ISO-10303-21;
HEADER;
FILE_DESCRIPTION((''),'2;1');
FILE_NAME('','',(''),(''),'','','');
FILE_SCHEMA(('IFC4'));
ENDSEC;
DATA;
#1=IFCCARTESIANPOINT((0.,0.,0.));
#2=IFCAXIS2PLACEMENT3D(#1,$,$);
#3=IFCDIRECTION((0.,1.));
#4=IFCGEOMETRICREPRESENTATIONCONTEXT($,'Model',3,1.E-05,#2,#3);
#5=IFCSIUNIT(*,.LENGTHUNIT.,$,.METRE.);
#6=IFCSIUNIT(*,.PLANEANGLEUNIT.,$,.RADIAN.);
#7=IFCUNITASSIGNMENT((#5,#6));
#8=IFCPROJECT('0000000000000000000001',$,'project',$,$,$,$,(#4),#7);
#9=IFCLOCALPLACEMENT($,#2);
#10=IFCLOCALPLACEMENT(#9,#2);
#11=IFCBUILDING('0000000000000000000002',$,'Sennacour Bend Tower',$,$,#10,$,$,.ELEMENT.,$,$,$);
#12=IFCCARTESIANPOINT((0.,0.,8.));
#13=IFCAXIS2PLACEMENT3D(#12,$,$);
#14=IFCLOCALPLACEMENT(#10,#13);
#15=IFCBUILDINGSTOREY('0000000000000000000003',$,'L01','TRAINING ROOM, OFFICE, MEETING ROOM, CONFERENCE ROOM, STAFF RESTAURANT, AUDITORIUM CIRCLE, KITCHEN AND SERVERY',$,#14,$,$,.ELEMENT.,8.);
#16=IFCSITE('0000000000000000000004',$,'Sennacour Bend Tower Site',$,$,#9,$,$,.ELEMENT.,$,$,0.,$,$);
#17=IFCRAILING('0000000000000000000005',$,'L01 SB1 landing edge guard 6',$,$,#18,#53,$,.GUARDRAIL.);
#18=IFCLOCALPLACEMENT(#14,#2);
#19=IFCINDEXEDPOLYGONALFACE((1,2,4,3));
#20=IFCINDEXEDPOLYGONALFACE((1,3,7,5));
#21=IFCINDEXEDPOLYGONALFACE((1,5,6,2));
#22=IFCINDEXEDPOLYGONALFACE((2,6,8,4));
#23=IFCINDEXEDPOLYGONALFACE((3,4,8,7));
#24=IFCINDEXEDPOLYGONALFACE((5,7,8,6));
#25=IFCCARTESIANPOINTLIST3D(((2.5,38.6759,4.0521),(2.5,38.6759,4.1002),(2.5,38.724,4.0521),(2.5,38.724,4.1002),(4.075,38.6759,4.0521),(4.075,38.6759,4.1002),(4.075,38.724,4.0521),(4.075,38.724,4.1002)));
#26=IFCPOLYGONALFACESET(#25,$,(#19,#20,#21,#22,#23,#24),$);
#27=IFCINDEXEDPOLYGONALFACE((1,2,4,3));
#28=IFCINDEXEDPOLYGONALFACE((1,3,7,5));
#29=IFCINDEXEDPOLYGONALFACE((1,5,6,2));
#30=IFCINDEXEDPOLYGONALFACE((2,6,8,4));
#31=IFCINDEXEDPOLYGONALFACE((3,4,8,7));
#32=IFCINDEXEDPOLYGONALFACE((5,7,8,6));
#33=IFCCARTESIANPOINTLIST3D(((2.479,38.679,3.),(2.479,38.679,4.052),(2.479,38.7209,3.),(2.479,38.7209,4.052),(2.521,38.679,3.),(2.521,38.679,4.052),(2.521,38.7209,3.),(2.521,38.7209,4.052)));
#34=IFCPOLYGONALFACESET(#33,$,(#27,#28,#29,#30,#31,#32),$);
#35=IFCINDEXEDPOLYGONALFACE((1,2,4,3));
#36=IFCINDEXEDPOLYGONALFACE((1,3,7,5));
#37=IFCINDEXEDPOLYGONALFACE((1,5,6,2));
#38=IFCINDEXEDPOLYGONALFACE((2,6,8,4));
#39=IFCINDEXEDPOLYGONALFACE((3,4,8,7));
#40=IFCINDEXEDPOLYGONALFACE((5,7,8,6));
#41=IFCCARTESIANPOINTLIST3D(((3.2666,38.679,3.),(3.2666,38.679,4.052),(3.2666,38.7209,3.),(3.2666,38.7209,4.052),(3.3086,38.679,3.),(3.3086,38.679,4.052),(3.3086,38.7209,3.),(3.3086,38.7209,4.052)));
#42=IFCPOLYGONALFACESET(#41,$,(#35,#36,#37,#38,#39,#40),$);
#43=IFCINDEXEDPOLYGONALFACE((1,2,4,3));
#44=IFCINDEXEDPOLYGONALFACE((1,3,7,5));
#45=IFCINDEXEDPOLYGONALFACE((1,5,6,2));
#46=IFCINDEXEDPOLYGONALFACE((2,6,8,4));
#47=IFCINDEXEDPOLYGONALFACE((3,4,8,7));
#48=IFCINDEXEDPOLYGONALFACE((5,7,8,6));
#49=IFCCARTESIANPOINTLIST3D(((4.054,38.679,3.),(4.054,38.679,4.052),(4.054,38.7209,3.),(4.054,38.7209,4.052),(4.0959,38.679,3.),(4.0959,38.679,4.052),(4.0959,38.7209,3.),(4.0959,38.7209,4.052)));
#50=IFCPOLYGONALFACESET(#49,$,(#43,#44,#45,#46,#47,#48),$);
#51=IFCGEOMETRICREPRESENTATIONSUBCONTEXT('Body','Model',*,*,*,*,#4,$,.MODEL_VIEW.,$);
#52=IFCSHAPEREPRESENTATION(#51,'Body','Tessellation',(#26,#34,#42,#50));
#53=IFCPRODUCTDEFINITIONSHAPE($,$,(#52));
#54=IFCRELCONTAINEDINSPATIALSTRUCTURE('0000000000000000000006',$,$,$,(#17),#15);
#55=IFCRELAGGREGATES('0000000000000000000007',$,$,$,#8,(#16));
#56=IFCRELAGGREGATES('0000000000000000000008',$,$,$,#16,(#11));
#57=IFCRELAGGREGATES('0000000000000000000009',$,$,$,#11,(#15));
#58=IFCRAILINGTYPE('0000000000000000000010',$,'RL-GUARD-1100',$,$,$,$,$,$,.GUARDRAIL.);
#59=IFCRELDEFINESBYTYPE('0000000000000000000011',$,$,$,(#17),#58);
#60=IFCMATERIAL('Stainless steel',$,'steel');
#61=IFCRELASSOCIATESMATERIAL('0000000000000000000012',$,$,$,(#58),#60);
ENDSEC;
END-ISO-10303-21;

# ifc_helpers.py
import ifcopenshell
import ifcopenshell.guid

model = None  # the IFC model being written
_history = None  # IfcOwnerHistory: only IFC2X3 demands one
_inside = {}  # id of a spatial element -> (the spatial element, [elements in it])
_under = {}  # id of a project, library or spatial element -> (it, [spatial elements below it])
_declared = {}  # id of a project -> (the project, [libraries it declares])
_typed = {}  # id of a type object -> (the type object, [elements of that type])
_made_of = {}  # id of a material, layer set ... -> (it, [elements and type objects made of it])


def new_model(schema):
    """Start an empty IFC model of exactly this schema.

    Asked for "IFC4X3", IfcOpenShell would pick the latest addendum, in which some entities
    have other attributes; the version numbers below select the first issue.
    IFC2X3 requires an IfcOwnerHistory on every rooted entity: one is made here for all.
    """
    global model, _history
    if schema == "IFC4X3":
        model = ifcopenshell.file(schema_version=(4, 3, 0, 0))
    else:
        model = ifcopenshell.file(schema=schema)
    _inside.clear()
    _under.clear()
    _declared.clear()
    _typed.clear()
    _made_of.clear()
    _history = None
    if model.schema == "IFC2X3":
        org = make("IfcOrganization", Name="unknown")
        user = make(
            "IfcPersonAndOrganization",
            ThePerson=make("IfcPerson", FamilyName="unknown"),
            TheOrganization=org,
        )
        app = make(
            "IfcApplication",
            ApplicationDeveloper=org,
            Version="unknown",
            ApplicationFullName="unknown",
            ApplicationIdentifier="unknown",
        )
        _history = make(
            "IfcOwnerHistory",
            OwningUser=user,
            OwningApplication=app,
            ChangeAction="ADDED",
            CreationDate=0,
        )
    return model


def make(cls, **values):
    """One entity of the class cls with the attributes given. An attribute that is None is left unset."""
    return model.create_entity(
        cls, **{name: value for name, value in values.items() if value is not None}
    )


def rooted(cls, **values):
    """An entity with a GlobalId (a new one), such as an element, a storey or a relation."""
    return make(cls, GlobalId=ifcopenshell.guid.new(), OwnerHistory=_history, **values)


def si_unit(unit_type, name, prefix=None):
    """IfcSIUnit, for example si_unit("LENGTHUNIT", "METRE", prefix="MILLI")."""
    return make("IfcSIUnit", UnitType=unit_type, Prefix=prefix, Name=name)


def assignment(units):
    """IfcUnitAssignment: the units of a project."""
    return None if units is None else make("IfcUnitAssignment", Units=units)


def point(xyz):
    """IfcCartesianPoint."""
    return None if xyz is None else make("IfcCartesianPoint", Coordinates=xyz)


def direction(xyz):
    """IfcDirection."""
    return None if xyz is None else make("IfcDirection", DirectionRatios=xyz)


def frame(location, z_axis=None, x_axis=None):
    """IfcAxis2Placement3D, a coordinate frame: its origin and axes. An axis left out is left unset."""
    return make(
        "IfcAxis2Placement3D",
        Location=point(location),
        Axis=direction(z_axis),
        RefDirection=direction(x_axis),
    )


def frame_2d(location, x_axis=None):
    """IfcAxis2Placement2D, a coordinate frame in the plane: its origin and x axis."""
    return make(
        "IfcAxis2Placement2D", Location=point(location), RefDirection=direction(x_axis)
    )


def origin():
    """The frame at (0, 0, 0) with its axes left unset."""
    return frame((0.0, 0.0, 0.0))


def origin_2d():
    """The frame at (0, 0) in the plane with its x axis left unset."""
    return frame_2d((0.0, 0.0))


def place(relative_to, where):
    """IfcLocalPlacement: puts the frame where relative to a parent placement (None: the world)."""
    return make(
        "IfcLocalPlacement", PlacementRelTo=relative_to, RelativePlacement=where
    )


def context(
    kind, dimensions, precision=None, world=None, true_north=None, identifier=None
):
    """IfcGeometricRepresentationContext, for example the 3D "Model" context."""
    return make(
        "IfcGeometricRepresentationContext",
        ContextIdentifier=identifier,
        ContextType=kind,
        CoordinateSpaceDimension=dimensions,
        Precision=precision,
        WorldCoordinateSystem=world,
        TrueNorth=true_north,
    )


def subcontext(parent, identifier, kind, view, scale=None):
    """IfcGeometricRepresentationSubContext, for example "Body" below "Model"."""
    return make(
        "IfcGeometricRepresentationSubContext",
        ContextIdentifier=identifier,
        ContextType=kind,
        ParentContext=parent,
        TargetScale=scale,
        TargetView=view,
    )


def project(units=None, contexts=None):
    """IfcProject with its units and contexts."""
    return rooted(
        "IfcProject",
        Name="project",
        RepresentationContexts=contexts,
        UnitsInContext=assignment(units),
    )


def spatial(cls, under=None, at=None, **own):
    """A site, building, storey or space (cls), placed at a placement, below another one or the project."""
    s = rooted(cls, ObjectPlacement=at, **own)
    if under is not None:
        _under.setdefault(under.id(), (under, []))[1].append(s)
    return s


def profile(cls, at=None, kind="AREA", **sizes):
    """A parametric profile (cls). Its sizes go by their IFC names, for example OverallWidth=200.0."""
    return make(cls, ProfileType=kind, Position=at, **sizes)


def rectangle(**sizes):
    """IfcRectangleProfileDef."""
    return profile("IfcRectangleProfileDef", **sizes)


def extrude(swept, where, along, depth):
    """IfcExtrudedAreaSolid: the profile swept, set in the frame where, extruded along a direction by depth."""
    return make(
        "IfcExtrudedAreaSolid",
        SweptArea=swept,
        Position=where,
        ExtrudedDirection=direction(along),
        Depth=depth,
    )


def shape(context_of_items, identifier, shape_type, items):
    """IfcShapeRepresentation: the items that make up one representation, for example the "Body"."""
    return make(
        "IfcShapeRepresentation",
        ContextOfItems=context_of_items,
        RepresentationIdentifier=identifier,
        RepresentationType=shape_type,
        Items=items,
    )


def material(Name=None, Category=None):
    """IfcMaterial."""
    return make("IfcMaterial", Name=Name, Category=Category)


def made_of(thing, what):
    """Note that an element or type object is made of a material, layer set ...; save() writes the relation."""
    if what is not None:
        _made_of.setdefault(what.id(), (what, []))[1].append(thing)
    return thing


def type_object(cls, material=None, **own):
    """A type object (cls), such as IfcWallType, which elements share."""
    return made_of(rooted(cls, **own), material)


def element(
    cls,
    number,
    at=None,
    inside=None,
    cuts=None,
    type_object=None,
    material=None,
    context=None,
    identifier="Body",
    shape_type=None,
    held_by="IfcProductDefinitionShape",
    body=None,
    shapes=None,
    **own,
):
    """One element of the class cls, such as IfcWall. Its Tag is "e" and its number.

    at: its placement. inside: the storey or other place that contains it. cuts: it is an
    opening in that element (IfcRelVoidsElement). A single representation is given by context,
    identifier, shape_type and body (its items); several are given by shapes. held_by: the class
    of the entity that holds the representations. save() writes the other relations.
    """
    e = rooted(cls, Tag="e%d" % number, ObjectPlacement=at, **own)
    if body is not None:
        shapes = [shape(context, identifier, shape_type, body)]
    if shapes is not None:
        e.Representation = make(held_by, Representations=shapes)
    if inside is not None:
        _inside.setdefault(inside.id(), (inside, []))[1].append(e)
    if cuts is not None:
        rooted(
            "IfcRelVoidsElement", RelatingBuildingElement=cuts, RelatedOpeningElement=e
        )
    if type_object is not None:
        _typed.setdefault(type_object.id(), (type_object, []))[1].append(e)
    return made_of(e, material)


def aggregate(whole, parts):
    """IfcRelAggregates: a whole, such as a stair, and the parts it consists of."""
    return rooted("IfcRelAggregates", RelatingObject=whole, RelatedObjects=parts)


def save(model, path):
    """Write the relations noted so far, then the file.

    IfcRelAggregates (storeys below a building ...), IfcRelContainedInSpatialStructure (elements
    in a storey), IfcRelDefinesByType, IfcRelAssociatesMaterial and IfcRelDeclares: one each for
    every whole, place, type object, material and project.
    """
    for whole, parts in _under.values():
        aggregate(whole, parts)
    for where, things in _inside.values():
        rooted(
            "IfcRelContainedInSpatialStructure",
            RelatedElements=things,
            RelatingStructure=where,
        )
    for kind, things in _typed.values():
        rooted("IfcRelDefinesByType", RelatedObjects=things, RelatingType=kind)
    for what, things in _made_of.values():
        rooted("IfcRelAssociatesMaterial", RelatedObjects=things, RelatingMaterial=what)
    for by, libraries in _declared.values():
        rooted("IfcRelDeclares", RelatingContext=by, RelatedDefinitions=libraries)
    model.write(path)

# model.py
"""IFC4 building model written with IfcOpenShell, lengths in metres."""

from ifc_helpers import new_model, si_unit, direction, frame, origin, origin_2d, place, context, subcontext, project, spatial, rectangle, extrude, material, type_object, element, save


model = new_model("IFC4")

# Units and contexts
model_context = context("Model", 3, precision=1e-05, world=origin(), true_north=direction((0.0, 1.0)))
body_context = subcontext(model_context, "Body", "Model", "MODEL_VIEW")
ifc_project = project(units=[si_unit("LENGTHUNIT", "METRE"), si_unit("PLANEANGLEUNIT", "RADIAN")], contexts=[model_context])

# Site, building, storey
site_placement = place(None, origin())
site = spatial("IfcSite", under=ifc_project, at=site_placement, Name="Sennacour Bend Tower Site", CompositionType="ELEMENT", RefElevation=0.0)
building_placement = place(site_placement, origin())
building = spatial("IfcBuilding", under=site, at=building_placement, Name="Sennacour Bend Tower", CompositionType="ELEMENT")
storey_placement = place(building_placement, frame((0.0, 0.0, 8.0)))
storey = spatial("IfcBuildingStorey", under=building, at=storey_placement, Name="L01", Description="TRAINING ROOM, OFFICE, MEETING ROOM, CONFERENCE ROOM, STAFF RESTAURANT, AUDITORIUM CIRCLE, KITCHEN AND SERVERY", CompositionType="ELEMENT", Elevation=8.0)

# Railing
ifc_material_1 = material(Name="Stainless steel", Category="steel")
railing_type = type_object("IfcRailingType", Name="RL-GUARD-1100", PredefinedType="GUARDRAIL", material=ifc_material_1)
railing_placement = place(storey_placement, frame((2.5, 38.7, 3.0)))
element("IfcRailing", 1, at=railing_placement, inside=storey, type_object=railing_type, Name="L01 SB1 landing edge guard 6", PredefinedType="GUARDRAIL", context=body_context, shape_type="SweptSolid", body=[
    extrude(rectangle(XDim=0.0481, YDim=0.0481, at=origin_2d()), frame((0.0, 0.0, 1.0762), z_axis=(1.0, 0.0, 0.0), x_axis=(0.0, 1.0, 0.0)), (0.0, 0.0, 1.0), 1.575),
    extrude(rectangle(XDim=0.042, YDim=0.042, at=origin_2d()), origin(), (0.0, 0.0, 1.0), 1.052),
    extrude(rectangle(XDim=0.042, YDim=0.042, at=origin_2d()), frame((0.7876, 0.0, 0.0)), (0.0, 0.0, 1.0), 1.052),
    extrude(rectangle(XDim=0.042, YDim=0.042, at=origin_2d()), frame((1.575, 0.0, 0.0)), (0.0, 0.0, 1.0), 1.052),
])

save(model, "model.ifc")
